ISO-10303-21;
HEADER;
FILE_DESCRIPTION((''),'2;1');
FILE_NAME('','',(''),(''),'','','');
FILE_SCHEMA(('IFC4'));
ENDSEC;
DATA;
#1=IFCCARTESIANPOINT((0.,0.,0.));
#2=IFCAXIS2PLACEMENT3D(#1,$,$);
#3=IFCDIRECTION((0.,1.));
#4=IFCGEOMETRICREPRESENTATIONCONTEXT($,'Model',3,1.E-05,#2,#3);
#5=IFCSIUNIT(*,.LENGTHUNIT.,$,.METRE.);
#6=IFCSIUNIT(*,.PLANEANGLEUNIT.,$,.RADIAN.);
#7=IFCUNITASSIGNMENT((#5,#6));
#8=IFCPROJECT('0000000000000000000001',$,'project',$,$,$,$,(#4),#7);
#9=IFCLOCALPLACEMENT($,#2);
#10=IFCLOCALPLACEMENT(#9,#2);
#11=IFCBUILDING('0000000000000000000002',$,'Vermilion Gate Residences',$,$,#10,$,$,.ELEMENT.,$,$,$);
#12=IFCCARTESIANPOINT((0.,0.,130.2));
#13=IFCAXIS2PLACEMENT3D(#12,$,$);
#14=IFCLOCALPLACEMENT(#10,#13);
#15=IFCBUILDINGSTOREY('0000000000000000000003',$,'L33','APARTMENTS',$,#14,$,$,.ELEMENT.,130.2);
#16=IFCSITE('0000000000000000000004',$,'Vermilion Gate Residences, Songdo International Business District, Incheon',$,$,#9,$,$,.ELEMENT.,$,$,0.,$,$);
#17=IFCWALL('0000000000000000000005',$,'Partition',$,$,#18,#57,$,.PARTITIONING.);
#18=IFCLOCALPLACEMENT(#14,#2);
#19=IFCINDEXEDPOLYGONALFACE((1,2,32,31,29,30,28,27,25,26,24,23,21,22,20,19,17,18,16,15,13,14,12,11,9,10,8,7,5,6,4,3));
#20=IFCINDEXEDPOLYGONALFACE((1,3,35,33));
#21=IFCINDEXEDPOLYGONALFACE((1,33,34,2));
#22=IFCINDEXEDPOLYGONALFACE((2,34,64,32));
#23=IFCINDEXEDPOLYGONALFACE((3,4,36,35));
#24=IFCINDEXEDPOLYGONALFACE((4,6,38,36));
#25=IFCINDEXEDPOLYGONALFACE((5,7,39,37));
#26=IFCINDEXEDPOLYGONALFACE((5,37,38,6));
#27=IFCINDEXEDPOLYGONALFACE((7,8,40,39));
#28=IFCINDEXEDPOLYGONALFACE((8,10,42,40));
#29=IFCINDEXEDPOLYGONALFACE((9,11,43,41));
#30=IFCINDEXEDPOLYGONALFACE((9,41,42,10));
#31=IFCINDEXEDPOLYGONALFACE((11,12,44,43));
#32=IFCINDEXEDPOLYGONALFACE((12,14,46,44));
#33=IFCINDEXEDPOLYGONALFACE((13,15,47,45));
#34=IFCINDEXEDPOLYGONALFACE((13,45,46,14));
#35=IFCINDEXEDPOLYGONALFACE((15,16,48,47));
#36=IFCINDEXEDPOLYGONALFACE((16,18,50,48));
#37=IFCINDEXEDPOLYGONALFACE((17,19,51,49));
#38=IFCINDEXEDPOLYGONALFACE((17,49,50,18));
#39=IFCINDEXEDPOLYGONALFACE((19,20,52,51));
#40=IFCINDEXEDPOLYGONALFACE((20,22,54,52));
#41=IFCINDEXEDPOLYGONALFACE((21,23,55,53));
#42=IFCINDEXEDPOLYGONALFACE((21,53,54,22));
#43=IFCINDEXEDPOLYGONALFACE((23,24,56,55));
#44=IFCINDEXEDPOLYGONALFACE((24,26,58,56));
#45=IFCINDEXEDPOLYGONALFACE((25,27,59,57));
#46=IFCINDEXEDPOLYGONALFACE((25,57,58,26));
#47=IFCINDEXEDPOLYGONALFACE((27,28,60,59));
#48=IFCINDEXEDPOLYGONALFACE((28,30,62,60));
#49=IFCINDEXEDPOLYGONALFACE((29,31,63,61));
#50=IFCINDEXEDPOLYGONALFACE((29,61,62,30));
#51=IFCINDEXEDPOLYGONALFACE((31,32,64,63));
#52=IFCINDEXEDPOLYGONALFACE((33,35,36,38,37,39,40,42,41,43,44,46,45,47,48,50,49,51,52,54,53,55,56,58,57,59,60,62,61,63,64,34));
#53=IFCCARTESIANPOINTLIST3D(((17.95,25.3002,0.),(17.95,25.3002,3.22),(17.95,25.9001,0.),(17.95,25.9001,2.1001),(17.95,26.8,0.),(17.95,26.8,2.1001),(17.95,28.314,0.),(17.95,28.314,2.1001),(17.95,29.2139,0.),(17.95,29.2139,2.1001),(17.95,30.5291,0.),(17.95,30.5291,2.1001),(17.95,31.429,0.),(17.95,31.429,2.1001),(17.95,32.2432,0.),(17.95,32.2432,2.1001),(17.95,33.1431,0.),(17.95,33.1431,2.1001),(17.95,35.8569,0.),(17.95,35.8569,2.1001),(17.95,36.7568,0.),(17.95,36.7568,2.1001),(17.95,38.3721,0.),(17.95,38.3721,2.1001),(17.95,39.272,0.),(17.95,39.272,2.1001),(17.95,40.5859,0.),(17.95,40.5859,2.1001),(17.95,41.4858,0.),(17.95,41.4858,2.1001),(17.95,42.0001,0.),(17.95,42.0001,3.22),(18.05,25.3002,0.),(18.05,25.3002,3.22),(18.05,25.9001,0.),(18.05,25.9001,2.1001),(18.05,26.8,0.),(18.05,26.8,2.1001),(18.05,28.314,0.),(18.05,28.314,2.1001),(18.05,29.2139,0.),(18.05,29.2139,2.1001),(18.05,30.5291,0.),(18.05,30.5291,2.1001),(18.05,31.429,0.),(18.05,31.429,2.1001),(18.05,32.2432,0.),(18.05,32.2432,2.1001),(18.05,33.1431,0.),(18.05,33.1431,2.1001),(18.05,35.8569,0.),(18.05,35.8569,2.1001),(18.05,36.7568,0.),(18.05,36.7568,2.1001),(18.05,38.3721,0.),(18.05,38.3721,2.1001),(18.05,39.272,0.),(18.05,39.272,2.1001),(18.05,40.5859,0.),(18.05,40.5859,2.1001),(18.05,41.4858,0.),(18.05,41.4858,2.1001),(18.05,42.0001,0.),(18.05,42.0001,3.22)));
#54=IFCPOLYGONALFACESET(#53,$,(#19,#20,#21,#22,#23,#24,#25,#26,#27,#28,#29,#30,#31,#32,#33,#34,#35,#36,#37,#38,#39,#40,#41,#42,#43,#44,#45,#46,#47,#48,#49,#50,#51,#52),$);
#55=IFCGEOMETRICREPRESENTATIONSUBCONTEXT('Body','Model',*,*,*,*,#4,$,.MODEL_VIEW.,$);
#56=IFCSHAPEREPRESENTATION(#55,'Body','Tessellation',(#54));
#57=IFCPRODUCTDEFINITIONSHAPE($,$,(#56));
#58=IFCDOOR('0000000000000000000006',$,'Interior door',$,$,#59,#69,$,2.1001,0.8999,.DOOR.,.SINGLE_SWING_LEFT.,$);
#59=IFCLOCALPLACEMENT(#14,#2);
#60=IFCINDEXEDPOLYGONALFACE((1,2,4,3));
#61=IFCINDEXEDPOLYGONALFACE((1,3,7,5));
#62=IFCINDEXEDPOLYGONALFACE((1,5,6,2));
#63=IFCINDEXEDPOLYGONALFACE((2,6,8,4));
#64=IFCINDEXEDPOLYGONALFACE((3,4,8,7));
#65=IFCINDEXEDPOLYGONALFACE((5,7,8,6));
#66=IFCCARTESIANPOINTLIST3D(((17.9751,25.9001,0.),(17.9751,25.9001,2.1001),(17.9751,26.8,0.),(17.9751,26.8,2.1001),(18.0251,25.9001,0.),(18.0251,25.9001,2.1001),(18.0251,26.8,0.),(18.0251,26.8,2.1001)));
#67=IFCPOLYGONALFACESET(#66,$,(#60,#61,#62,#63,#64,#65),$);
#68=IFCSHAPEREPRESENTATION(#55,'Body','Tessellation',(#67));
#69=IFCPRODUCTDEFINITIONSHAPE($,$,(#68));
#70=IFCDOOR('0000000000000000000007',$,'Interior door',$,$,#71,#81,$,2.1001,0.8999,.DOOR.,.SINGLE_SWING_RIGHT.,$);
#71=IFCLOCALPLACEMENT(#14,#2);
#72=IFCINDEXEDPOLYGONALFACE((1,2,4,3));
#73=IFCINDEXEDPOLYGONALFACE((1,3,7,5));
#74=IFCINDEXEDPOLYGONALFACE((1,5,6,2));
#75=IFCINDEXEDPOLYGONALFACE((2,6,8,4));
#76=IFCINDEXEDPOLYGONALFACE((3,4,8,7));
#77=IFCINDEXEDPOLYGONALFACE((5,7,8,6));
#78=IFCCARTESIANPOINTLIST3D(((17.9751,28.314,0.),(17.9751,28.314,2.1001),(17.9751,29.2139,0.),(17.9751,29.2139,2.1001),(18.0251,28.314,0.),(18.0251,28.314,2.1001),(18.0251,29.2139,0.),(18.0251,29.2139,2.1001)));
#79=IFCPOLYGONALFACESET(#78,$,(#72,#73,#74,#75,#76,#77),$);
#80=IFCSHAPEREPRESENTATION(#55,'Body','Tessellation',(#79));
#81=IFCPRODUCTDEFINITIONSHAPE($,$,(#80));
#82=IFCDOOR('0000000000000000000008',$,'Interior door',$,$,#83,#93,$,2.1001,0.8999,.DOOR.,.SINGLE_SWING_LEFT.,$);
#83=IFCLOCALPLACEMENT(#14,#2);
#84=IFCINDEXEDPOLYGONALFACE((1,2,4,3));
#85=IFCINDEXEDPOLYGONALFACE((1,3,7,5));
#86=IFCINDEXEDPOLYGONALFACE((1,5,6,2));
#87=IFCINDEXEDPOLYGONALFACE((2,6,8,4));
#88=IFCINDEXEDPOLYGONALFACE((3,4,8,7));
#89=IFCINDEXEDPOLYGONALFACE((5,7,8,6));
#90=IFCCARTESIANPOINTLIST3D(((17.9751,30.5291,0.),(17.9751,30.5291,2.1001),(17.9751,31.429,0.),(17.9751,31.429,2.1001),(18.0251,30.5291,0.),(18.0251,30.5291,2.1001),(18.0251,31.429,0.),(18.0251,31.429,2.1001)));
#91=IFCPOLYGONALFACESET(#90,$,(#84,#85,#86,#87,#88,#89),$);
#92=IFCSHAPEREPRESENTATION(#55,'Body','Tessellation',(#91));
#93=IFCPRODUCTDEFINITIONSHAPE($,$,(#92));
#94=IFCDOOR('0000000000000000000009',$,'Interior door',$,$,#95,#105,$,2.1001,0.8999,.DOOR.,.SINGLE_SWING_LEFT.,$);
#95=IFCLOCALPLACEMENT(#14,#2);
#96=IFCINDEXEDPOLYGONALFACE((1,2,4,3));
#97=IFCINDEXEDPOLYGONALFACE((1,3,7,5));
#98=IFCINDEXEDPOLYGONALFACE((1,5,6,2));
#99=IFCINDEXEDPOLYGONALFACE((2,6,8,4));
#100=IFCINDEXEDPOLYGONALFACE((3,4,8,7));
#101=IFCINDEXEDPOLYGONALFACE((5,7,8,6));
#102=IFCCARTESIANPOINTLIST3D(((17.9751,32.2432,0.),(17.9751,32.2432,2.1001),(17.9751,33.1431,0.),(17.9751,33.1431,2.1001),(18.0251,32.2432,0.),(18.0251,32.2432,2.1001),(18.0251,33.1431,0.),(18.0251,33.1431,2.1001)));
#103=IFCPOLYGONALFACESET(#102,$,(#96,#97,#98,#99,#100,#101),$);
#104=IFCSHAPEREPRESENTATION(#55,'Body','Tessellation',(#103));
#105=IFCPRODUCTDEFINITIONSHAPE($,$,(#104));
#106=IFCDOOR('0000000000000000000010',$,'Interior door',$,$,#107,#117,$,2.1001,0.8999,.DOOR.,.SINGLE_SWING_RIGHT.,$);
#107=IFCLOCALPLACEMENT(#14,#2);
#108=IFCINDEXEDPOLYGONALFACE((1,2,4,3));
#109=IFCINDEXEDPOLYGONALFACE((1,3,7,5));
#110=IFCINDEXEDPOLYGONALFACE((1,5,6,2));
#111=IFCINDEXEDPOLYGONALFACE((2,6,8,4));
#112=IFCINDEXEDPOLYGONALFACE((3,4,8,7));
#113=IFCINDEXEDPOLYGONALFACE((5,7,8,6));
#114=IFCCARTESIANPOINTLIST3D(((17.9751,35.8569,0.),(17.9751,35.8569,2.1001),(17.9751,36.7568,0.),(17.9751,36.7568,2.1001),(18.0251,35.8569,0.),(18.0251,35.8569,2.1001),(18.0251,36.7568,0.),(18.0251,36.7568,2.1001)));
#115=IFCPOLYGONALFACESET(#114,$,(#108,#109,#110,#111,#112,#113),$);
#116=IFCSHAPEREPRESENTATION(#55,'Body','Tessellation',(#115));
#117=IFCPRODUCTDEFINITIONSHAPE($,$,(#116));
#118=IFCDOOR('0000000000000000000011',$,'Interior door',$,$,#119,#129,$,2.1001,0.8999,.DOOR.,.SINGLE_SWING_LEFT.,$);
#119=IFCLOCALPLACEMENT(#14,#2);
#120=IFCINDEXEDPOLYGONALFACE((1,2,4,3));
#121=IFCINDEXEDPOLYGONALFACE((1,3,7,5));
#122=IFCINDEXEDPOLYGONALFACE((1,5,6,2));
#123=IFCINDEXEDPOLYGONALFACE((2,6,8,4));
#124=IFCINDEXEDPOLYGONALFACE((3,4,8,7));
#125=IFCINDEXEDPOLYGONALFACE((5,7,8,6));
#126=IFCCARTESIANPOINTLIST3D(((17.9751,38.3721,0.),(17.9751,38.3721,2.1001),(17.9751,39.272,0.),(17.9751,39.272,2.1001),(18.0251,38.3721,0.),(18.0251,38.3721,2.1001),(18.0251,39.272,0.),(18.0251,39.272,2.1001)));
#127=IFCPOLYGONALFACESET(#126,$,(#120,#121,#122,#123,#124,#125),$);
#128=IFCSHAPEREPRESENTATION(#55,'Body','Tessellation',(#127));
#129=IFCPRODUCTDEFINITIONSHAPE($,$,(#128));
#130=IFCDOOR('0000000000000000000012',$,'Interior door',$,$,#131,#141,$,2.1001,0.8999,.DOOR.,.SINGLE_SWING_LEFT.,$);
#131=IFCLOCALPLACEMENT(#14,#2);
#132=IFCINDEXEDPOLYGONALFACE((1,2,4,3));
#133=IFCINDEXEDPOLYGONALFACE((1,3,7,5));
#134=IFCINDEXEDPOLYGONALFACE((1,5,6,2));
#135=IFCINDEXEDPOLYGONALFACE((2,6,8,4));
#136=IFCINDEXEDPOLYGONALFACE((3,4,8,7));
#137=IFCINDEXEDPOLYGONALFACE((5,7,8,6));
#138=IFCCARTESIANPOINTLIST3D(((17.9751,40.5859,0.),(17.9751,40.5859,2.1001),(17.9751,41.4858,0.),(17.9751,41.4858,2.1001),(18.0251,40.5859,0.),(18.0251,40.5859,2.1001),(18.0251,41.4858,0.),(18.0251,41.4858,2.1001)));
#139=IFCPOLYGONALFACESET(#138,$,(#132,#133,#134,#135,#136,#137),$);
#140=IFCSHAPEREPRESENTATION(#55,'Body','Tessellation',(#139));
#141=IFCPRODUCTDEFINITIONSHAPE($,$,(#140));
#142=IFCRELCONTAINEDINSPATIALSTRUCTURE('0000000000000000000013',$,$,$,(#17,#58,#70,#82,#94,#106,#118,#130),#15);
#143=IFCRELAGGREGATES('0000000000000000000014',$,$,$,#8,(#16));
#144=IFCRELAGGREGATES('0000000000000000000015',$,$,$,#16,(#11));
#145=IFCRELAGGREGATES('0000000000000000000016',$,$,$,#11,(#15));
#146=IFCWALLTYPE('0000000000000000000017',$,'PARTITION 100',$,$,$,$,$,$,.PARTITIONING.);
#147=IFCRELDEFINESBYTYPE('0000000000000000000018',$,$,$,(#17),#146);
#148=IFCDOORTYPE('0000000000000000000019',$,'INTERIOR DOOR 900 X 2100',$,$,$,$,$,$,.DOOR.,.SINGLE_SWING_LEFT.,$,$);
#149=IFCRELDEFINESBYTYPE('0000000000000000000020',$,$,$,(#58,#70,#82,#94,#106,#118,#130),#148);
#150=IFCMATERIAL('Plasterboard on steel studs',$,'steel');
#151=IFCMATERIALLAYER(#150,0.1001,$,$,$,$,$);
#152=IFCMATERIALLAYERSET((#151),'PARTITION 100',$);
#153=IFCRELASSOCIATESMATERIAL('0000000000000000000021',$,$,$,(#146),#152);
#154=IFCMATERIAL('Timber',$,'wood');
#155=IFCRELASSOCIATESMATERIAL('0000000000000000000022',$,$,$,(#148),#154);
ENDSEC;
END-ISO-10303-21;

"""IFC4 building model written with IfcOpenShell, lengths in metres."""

from ifc_helpers import new_model, si_unit, direction, frame, frame_2d, origin, place, context, subcontext, project, spatial, rectangle, extrude, material, layer, layer_set, type_object, element, fill, save


model = new_model("IFC4")

# Units and contexts
model_context = context("Model", 3, precision=1e-05, world=origin(), true_north=direction((0.0, 1.0)))
body_context = subcontext(model_context, "Body", "Model", "MODEL_VIEW")
ifc_project = project(units=[si_unit("LENGTHUNIT", "METRE"), si_unit("PLANEANGLEUNIT", "RADIAN")], contexts=[model_context])

# Site, building, storey
site_placement = place(None, origin())
site = spatial("IfcSite", under=ifc_project, at=site_placement, Name="Vermilion Gate Residences, Songdo International Business District, Incheon", CompositionType="ELEMENT", RefElevation=0.0)
building_placement = place(site_placement, origin())
building = spatial("IfcBuilding", under=site, at=building_placement, Name="Vermilion Gate Residences", CompositionType="ELEMENT")
storey_placement = place(building_placement, frame((0.0, 0.0, 130.2)))
storey = spatial("IfcBuildingStorey", under=building, at=storey_placement, Name="L33", Description="APARTMENTS", CompositionType="ELEMENT", Elevation=130.2)

# Shared definitions
ifc_material_1 = material(Name="Plasterboard on steel studs", Category="steel")
ifc_layer_1 = layer(ifc_material_1, 0.1001)
ifc_layer_set_1 = layer_set([ifc_layer_1], Name="PARTITION 100")
wall_type_1 = type_object("IfcWallType", Name="PARTITION 100", PredefinedType="PARTITIONING", material=ifc_layer_set_1)

# Wall, openings, doors
wall_1_placement = place(storey_placement, frame((18.0, 25.3, 0.0), z_axis=(0.0, 0.0, 1.0), x_axis=(0.0, 1.0, 0.0)))
wall_1 = element("IfcWall", 1, at=wall_1_placement, inside=storey, type_object=wall_type_1, Name="Partition", PredefinedType="PARTITIONING", context=body_context, shape_type="SweptSolid", body=[
    extrude(rectangle(XDim=16.7, YDim=0.1001, at=frame_2d((8.3501, 0.0))), origin(), (0.0, 0.0, 1.0), 3.22),
])
opening_1_placement = place(wall_1_placement, frame((0.6001, 0.0, 0.0)))
opening_1 = element("IfcOpeningElement", 2, at=opening_1_placement, cuts=wall_1, PredefinedType="OPENING", context=body_context, shape_type="SweptSolid", body=[
    extrude(rectangle(XDim=0.8999, YDim=2.1001, at=frame_2d((0.45, 1.05))), frame((0.0, 0.0601, 0.0), z_axis=(0.0, -1.0, 0.0), x_axis=(1.0, 0.0, 0.0)), (0.0, 0.0, 1.0), 0.1201),
])
opening_2_placement = place(wall_1_placement, frame((3.0139, 0.0, 0.0)))
opening_2 = element("IfcOpeningElement", 3, at=opening_2_placement, cuts=wall_1, PredefinedType="OPENING", context=body_context, shape_type="SweptSolid", body=[
    extrude(rectangle(XDim=0.8999, YDim=2.1001, at=frame_2d((0.45, 1.05))), frame((0.0, 0.0601, 0.0), z_axis=(0.0, -1.0, 0.0), x_axis=(1.0, 0.0, 0.0)), (0.0, 0.0, 1.0), 0.1201),
])
opening_3_placement = place(wall_1_placement, frame((5.229, 0.0, 0.0)))
opening_3 = element("IfcOpeningElement", 4, at=opening_3_placement, cuts=wall_1, PredefinedType="OPENING", context=body_context, shape_type="SweptSolid", body=[
    extrude(rectangle(XDim=0.8999, YDim=2.1001, at=frame_2d((0.45, 1.05))), frame((0.0, 0.0601, 0.0), z_axis=(0.0, -1.0, 0.0), x_axis=(1.0, 0.0, 0.0)), (0.0, 0.0, 1.0), 0.1201),
])
opening_4_placement = place(wall_1_placement, frame((6.9431, 0.0, 0.0)))
opening_4 = element("IfcOpeningElement", 5, at=opening_4_placement, cuts=wall_1, PredefinedType="OPENING", context=body_context, shape_type="SweptSolid", body=[
    extrude(rectangle(XDim=0.8999, YDim=2.1001, at=frame_2d((0.45, 1.05))), frame((0.0, 0.0601, 0.0), z_axis=(0.0, -1.0, 0.0), x_axis=(1.0, 0.0, 0.0)), (0.0, 0.0, 1.0), 0.1201),
])
opening_5_placement = place(wall_1_placement, frame((10.5569, 0.0, 0.0)))
opening_5 = element("IfcOpeningElement", 6, at=opening_5_placement, cuts=wall_1, PredefinedType="OPENING", context=body_context, shape_type="SweptSolid", body=[
    extrude(rectangle(XDim=0.8999, YDim=2.1001, at=frame_2d((0.45, 1.05))), frame((0.0, 0.0601, 0.0), z_axis=(0.0, -1.0, 0.0), x_axis=(1.0, 0.0, 0.0)), (0.0, 0.0, 1.0), 0.1201),
])
opening_6_placement = place(wall_1_placement, frame((13.072, 0.0, 0.0)))
opening_6 = element("IfcOpeningElement", 7, at=opening_6_placement, cuts=wall_1, PredefinedType="OPENING", context=body_context, shape_type="SweptSolid", body=[
    extrude(rectangle(XDim=0.8999, YDim=2.1001, at=frame_2d((0.45, 1.05))), frame((0.0, 0.0601, 0.0), z_axis=(0.0, -1.0, 0.0), x_axis=(1.0, 0.0, 0.0)), (0.0, 0.0, 1.0), 0.1201),
])
opening_7_placement = place(wall_1_placement, frame((15.2859, 0.0, 0.0)))
opening_7 = element("IfcOpeningElement", 8, at=opening_7_placement, cuts=wall_1, PredefinedType="OPENING", context=body_context, shape_type="SweptSolid", body=[
    extrude(rectangle(XDim=0.8999, YDim=2.1001, at=frame_2d((0.45, 1.05))), frame((0.0, 0.0601, 0.0), z_axis=(0.0, -1.0, 0.0), x_axis=(1.0, 0.0, 0.0)), (0.0, 0.0, 1.0), 0.1201),
])
ifc_material_2 = material(Name="Timber", Category="wood")
door_type_1 = type_object("IfcDoorType", Name="INTERIOR DOOR 900 X 2100", OperationType="SINGLE_SWING_LEFT", PredefinedType="DOOR", material=ifc_material_2)
door_1_placement = place(opening_1_placement, origin())
door_1 = element("IfcDoor", 9, at=door_1_placement, inside=storey, type_object=door_type_1, Name="Interior door", OperationType="SINGLE_SWING_LEFT", OverallHeight=2.1001, OverallWidth=0.8999, PredefinedType="DOOR", context=body_context, shape_type="SweptSolid", body=[
    extrude(rectangle(XDim=0.8999, YDim=2.1001, at=frame_2d((0.45, 1.05))), frame((0.0, 0.0249, 0.0), z_axis=(0.0, -1.0, 0.0), x_axis=(1.0, 0.0, 0.0)), (0.0, 0.0, 1.0), 0.05),
])
fill(opening_1, door_1)
door_2_placement = place(opening_2_placement, origin())
door_2 = element("IfcDoor", 10, at=door_2_placement, inside=storey, type_object=door_type_1, Name="Interior door", OperationType="SINGLE_SWING_RIGHT", OverallHeight=2.1001, OverallWidth=0.8999, PredefinedType="DOOR", context=body_context, shape_type="SweptSolid", body=[
    extrude(rectangle(XDim=0.8999, YDim=2.1001, at=frame_2d((0.45, 1.05))), frame((0.0, 0.0249, 0.0), z_axis=(0.0, -1.0, 0.0), x_axis=(1.0, 0.0, 0.0)), (0.0, 0.0, 1.0), 0.05),
])
fill(opening_2, door_2)
door_3_placement = place(opening_3_placement, origin())
door_3 = element("IfcDoor", 11, at=door_3_placement, inside=storey, type_object=door_type_1, Name="Interior door", OperationType="SINGLE_SWING_LEFT", OverallHeight=2.1001, OverallWidth=0.8999, PredefinedType="DOOR", context=body_context, shape_type="SweptSolid", body=[
    extrude(rectangle(XDim=0.8999, YDim=2.1001, at=frame_2d((0.45, 1.05))), frame((0.0, 0.0249, 0.0), z_axis=(0.0, -1.0, 0.0), x_axis=(1.0, 0.0, 0.0)), (0.0, 0.0, 1.0), 0.05),
])
fill(opening_3, door_3)
door_4_placement = place(opening_4_placement, origin())
door_4 = element("IfcDoor", 12, at=door_4_placement, inside=storey, type_object=door_type_1, Name="Interior door", OperationType="SINGLE_SWING_LEFT", OverallHeight=2.1001, OverallWidth=0.8999, PredefinedType="DOOR", context=body_context, shape_type="SweptSolid", body=[
    extrude(rectangle(XDim=0.8999, YDim=2.1001, at=frame_2d((0.45, 1.05))), frame((0.0, 0.0249, 0.0), z_axis=(0.0, -1.0, 0.0), x_axis=(1.0, 0.0, 0.0)), (0.0, 0.0, 1.0), 0.05),
])
fill(opening_4, door_4)
door_5_placement = place(opening_5_placement, origin())
door_5 = element("IfcDoor", 13, at=door_5_placement, inside=storey, type_object=door_type_1, Name="Interior door", OperationType="SINGLE_SWING_RIGHT", OverallHeight=2.1001, OverallWidth=0.8999, PredefinedType="DOOR", context=body_context, shape_type="SweptSolid", body=[
    extrude(rectangle(XDim=0.8999, YDim=2.1001, at=frame_2d((0.45, 1.05))), frame((0.0, 0.0249, 0.0), z_axis=(0.0, -1.0, 0.0), x_axis=(1.0, 0.0, 0.0)), (0.0, 0.0, 1.0), 0.05),
])
fill(opening_5, door_5)
door_6_placement = place(opening_6_placement, origin())
door_6 = element("IfcDoor", 14, at=door_6_placement, inside=storey, type_object=door_type_1, Name="Interior door", OperationType="SINGLE_SWING_LEFT", OverallHeight=2.1001, OverallWidth=0.8999, PredefinedType="DOOR", context=body_context, shape_type="SweptSolid", body=[
    extrude(rectangle(XDim=0.8999, YDim=2.1001, at=frame_2d((0.45, 1.05))), frame((0.0, 0.0249, 0.0), z_axis=(0.0, -1.0, 0.0), x_axis=(1.0, 0.0, 0.0)), (0.0, 0.0, 1.0), 0.05),
])
fill(opening_6, door_6)
door_7_placement = place(opening_7_placement, origin())
door_7 = element("IfcDoor", 15, at=door_7_placement, inside=storey, type_object=door_type_1, Name="Interior door", OperationType="SINGLE_SWING_LEFT", OverallHeight=2.1001, OverallWidth=0.8999, PredefinedType="DOOR", context=body_context, shape_type="SweptSolid", body=[
    extrude(rectangle(XDim=0.8999, YDim=2.1001, at=frame_2d((0.45, 1.05))), frame((0.0, 0.0249, 0.0), z_axis=(0.0, -1.0, 0.0), x_axis=(1.0, 0.0, 0.0)), (0.0, 0.0, 1.0), 0.05),
])
fill(opening_7, door_7)

save(model, "model.ifc")
